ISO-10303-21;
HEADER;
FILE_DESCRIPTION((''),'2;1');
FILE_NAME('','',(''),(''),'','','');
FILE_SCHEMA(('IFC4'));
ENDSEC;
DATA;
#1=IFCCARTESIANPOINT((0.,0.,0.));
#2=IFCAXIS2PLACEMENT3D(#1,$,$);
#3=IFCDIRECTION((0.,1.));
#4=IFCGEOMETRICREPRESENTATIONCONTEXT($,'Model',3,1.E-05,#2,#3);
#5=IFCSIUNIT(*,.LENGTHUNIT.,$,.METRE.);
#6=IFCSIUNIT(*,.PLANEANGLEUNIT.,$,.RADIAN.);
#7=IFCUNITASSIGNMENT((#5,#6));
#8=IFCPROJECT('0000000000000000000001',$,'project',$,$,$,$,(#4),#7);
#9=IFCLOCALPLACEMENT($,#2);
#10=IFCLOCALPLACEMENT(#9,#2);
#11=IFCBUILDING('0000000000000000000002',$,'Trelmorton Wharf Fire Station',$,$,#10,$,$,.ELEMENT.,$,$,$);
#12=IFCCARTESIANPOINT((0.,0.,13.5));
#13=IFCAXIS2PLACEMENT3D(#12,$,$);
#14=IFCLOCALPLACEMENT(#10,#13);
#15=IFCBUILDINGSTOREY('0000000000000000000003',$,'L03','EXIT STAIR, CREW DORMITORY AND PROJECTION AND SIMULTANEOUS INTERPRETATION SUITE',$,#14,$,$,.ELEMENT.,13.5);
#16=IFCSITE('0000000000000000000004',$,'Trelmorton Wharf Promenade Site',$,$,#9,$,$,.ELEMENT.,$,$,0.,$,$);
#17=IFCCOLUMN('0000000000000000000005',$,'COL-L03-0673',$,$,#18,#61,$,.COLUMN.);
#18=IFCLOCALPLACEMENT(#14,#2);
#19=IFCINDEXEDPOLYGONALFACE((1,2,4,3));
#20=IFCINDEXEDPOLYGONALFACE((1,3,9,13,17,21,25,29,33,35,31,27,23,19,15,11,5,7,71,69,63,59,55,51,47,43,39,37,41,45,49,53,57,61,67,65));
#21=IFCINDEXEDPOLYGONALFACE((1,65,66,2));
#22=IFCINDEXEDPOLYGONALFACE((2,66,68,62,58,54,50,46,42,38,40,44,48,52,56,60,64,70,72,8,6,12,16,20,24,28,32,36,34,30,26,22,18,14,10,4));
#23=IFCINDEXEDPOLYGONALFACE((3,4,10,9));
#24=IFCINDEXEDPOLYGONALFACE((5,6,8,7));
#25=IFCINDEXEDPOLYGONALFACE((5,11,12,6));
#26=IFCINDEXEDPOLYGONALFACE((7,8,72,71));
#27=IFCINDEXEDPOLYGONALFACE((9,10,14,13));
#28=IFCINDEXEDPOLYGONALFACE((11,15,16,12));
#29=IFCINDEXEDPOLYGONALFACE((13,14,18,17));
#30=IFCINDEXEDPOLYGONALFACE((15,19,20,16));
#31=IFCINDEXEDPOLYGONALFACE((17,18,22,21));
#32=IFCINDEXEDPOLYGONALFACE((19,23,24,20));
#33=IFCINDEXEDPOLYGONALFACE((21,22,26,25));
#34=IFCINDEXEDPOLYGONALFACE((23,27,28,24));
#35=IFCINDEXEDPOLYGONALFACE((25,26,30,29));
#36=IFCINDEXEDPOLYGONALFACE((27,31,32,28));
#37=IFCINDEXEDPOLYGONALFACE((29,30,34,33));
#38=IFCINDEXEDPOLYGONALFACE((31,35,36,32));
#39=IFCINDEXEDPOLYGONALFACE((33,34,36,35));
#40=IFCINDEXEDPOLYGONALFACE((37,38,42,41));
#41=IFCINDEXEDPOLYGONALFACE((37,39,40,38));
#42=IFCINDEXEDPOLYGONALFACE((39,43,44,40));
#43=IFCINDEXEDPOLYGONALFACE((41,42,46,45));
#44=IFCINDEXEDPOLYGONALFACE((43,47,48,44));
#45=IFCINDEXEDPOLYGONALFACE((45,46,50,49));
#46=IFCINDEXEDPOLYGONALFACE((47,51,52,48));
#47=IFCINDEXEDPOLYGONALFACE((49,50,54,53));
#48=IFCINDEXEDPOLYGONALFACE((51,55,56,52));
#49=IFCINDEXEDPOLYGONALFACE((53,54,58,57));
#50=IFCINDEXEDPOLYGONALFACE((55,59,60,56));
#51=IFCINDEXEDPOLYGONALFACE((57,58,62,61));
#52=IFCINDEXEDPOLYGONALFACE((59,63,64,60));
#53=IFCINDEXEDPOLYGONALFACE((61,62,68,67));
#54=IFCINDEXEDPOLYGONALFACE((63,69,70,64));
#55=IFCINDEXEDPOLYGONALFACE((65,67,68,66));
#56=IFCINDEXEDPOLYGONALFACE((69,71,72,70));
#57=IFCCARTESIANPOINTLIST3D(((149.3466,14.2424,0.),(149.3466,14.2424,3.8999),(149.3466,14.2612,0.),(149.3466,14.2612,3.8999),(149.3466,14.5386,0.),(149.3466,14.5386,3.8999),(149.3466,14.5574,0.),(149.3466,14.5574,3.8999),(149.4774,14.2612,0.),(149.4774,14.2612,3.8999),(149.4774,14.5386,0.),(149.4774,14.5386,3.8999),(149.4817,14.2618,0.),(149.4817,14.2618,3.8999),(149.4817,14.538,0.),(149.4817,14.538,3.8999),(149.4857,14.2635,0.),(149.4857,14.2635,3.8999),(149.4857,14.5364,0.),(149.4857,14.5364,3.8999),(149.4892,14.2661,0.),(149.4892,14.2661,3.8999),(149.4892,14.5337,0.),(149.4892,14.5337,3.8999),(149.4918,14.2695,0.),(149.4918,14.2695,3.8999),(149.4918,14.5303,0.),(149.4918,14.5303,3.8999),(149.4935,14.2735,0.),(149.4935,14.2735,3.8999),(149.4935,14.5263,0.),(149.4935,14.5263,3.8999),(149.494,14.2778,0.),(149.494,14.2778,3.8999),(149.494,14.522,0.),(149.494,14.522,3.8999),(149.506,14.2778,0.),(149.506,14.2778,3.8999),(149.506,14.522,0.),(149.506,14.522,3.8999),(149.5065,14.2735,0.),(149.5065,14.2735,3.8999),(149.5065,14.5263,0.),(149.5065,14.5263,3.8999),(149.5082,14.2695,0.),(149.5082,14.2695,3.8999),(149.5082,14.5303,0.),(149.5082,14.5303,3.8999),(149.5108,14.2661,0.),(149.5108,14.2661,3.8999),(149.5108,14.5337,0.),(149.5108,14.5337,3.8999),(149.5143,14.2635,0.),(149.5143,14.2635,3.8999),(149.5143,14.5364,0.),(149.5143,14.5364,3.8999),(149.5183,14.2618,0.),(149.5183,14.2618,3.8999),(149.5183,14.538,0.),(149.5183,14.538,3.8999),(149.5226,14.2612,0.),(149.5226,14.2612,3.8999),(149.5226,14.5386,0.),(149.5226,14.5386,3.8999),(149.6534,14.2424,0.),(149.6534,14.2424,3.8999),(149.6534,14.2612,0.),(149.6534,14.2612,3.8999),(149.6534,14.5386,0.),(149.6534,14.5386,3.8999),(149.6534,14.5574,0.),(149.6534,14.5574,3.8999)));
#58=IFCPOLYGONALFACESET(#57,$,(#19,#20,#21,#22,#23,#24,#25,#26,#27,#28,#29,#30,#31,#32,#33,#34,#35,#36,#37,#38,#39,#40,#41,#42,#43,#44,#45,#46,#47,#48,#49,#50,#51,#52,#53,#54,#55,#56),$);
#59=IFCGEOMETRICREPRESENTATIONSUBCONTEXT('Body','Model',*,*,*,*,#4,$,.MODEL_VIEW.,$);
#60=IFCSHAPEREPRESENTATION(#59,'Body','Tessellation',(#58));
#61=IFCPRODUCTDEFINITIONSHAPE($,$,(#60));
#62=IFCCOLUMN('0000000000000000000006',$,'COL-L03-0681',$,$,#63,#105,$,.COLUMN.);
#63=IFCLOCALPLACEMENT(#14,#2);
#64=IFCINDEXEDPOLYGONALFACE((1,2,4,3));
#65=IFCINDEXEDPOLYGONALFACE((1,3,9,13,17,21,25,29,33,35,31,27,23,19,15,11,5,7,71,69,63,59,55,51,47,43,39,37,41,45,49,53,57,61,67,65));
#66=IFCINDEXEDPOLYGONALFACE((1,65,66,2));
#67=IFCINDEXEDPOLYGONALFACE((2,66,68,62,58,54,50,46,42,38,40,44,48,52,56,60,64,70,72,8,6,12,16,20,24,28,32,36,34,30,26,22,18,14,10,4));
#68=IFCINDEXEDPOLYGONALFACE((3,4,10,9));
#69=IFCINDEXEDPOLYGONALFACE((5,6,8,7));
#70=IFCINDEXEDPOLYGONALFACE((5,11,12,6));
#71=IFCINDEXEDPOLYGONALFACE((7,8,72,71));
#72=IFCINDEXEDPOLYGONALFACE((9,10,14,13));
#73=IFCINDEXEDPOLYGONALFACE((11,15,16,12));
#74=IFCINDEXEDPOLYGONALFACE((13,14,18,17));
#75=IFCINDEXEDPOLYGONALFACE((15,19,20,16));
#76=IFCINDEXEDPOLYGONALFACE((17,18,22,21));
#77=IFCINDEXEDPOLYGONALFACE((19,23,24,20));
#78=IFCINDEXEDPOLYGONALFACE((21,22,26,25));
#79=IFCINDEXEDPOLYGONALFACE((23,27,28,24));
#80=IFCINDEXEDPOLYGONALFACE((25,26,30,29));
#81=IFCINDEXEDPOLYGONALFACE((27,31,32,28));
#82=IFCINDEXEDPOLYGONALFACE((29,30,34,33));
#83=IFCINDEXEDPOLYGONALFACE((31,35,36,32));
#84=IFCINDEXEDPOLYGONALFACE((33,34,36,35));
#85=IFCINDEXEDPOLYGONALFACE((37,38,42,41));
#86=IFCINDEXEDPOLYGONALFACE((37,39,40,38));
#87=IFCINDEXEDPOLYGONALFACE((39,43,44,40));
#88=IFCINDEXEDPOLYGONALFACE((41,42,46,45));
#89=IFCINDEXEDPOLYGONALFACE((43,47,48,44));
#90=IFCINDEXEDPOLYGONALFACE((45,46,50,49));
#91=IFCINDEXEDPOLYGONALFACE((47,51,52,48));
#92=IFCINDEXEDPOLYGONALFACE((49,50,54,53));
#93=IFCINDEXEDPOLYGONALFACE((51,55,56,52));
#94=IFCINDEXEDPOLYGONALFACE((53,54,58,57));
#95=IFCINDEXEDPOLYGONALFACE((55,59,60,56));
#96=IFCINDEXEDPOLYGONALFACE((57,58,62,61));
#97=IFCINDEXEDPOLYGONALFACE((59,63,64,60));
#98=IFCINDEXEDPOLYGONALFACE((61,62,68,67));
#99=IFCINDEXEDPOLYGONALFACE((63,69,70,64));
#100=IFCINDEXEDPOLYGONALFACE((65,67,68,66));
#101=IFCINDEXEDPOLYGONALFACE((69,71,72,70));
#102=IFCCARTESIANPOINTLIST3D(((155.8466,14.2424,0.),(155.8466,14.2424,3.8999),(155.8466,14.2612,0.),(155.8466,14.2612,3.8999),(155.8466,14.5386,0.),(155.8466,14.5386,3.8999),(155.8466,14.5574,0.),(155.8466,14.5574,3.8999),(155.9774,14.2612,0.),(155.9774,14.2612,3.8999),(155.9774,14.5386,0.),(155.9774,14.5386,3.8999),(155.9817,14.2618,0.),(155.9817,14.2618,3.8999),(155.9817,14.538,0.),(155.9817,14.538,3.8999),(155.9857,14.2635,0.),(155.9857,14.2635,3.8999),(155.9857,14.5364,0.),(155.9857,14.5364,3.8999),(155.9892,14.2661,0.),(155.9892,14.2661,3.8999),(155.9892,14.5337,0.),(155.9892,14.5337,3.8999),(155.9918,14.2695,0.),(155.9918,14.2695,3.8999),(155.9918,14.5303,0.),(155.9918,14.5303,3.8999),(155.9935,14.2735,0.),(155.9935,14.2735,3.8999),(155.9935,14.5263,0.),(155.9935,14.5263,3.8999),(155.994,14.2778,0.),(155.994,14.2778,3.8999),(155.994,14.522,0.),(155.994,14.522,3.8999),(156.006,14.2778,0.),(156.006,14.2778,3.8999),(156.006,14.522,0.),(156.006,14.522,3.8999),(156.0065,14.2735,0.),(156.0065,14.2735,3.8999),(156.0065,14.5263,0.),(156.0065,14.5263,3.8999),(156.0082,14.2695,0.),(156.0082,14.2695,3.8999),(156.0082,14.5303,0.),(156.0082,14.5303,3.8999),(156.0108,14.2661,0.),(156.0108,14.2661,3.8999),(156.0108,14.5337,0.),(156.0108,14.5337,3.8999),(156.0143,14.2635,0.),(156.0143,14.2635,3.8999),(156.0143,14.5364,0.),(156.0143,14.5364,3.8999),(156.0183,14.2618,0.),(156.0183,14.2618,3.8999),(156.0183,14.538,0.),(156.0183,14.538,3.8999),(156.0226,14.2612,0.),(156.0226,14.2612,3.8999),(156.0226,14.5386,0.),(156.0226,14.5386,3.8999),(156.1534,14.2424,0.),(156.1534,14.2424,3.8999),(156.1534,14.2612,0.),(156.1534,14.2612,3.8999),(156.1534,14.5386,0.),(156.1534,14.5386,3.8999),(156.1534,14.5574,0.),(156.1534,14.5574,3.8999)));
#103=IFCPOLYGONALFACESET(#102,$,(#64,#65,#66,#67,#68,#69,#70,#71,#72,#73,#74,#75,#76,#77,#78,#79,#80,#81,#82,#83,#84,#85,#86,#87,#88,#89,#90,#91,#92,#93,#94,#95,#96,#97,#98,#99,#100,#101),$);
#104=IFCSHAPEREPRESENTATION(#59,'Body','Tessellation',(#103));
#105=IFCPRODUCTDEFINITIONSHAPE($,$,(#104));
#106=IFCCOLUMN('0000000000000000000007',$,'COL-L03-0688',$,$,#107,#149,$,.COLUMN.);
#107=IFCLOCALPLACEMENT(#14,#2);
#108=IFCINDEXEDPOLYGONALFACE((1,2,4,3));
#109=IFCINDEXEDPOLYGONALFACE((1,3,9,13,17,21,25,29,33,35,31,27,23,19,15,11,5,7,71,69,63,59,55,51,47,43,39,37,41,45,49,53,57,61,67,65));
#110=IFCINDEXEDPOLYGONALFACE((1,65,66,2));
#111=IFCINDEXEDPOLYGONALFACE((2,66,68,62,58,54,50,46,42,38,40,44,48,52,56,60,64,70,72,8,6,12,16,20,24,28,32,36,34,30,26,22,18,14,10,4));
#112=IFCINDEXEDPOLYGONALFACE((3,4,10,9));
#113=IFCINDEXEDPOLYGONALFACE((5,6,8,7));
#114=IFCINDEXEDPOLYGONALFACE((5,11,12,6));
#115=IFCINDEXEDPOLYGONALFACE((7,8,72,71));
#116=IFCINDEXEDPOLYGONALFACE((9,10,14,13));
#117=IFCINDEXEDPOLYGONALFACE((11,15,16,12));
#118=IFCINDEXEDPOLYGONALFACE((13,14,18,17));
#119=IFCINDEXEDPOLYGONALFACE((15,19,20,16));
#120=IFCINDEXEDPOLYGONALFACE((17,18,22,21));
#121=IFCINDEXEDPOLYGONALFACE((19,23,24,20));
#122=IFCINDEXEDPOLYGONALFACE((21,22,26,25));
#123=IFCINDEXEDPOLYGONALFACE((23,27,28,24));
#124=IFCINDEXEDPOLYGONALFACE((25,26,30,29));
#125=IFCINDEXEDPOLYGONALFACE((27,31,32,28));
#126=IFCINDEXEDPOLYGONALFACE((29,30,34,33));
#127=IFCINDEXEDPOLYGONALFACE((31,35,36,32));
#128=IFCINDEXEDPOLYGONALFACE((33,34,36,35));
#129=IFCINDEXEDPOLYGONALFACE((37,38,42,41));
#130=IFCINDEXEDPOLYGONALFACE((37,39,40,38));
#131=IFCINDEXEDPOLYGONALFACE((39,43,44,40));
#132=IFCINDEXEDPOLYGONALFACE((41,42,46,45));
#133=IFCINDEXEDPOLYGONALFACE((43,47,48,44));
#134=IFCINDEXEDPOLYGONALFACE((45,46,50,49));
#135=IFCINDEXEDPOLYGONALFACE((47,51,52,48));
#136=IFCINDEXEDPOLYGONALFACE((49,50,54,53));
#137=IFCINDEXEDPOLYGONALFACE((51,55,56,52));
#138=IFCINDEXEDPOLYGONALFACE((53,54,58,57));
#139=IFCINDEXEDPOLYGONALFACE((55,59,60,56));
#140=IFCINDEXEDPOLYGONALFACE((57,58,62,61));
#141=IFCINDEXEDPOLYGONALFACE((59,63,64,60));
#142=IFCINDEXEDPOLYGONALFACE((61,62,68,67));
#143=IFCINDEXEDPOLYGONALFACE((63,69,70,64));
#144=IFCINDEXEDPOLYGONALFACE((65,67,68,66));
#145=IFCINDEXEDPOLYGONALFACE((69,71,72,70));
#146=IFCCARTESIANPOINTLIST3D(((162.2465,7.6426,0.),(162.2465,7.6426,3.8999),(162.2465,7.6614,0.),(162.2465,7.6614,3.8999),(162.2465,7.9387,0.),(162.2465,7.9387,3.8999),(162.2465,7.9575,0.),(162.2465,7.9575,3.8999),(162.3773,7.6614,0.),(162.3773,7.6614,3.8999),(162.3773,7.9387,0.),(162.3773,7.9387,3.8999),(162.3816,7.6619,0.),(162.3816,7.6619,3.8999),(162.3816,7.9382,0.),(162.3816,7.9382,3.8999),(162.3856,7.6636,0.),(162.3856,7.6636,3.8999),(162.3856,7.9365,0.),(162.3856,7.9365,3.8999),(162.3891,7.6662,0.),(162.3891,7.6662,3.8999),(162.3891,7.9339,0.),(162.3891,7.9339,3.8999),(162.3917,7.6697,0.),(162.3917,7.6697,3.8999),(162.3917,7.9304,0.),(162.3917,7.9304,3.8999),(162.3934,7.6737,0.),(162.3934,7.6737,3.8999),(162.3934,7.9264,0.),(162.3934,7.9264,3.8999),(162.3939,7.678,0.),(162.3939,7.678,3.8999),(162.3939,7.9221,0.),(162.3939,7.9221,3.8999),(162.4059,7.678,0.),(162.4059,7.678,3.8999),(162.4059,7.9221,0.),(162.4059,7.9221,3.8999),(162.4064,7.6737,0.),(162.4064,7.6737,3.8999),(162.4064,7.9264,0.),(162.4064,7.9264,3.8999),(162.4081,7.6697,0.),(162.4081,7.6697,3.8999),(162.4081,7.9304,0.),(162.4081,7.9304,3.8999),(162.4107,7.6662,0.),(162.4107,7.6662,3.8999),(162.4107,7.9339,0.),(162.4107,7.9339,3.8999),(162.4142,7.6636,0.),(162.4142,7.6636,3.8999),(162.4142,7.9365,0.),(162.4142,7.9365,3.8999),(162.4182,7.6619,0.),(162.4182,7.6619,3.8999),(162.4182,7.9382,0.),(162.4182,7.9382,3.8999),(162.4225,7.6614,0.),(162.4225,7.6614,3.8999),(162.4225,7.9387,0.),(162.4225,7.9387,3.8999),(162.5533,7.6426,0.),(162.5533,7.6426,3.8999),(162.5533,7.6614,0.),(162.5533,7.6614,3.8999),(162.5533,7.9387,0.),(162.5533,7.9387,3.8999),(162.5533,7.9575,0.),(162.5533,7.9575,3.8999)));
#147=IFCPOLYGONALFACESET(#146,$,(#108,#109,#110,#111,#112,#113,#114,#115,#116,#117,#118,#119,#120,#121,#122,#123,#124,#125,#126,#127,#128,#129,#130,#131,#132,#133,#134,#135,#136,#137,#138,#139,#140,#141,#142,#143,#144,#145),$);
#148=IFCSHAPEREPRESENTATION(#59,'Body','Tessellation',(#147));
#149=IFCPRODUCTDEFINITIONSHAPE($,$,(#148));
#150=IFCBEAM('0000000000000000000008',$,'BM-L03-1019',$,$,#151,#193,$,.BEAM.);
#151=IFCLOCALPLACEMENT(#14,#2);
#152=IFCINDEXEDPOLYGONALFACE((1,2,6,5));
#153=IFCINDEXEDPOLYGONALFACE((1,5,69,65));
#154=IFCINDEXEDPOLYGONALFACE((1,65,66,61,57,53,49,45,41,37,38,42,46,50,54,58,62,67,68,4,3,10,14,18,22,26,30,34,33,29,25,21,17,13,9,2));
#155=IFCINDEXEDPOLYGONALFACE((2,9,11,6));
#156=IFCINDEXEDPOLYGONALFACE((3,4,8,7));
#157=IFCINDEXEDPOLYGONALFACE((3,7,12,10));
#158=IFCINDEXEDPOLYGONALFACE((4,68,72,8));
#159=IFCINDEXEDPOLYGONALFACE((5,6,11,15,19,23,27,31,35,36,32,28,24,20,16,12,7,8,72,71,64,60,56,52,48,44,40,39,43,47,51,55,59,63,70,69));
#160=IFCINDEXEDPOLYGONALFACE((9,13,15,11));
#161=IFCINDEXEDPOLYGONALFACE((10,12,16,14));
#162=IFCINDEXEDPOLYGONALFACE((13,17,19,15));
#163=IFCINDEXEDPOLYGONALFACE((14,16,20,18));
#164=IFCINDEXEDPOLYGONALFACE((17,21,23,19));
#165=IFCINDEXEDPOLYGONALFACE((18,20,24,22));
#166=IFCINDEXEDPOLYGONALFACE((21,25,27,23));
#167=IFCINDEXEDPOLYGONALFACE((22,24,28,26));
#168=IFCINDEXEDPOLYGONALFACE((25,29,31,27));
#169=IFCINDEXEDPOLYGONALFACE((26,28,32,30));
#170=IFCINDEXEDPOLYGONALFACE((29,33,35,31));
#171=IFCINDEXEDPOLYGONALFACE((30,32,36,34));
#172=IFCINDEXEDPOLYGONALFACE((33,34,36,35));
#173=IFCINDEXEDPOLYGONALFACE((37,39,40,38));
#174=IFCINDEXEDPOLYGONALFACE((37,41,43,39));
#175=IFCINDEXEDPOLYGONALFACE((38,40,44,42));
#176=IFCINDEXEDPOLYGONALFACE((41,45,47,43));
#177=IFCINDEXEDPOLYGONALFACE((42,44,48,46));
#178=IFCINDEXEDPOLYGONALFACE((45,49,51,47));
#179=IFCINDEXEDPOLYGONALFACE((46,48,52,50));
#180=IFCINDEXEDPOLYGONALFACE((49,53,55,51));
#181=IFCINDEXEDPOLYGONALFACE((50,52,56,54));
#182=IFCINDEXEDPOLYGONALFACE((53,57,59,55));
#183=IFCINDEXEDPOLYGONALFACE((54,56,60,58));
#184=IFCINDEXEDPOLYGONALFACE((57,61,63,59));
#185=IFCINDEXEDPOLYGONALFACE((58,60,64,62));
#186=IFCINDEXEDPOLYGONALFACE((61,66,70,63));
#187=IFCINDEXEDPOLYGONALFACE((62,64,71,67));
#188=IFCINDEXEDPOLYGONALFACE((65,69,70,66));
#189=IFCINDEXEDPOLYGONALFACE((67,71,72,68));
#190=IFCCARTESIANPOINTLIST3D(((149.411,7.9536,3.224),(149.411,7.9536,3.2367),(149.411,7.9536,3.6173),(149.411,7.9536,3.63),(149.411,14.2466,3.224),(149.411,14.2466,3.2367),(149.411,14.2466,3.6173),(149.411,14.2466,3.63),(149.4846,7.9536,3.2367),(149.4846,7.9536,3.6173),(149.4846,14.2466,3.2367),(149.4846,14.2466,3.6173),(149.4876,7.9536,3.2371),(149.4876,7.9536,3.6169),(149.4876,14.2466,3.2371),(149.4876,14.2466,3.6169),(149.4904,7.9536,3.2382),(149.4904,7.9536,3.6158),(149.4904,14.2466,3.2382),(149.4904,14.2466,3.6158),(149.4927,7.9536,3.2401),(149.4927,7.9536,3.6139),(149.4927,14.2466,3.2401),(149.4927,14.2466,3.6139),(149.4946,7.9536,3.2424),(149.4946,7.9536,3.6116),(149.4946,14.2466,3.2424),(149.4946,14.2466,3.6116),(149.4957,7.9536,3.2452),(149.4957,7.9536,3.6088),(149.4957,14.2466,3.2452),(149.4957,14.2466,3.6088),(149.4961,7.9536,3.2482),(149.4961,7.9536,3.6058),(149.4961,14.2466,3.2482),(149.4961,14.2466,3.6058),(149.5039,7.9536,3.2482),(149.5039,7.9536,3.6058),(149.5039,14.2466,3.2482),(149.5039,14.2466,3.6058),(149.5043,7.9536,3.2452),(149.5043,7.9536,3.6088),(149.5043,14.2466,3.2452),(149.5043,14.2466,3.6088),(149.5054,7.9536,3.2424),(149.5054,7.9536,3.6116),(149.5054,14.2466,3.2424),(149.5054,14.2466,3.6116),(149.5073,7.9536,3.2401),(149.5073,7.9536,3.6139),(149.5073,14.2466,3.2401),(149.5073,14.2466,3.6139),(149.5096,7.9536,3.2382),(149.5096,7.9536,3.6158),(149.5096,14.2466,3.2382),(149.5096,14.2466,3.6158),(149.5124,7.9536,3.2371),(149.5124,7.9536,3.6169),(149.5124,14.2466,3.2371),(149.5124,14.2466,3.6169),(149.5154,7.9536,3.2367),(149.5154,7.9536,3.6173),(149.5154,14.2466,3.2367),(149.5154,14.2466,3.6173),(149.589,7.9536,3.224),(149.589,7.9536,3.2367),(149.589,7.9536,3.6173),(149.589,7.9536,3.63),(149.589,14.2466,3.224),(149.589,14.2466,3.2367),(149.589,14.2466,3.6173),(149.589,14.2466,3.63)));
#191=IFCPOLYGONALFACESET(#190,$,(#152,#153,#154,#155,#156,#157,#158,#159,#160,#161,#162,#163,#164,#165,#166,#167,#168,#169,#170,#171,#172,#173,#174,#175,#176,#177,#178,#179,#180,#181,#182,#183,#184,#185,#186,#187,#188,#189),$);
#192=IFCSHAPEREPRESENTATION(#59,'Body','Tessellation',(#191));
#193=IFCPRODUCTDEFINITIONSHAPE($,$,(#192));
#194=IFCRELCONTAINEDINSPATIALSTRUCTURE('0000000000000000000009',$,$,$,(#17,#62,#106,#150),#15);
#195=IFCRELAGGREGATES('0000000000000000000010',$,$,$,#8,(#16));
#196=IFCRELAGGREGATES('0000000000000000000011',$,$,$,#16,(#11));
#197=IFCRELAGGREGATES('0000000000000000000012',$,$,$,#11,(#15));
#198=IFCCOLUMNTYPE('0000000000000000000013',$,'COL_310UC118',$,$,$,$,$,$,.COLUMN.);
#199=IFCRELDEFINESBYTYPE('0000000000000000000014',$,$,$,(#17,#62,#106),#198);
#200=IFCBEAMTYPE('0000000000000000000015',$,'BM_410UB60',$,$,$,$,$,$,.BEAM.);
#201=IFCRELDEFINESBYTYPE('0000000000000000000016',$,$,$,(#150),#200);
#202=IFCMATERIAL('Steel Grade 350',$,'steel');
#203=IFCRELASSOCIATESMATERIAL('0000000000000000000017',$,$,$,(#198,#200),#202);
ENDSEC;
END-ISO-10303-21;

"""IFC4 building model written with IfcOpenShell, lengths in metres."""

from ifc_helpers import new_model, si_unit, direction, frame, origin, origin_2d, place, context, subcontext, project, spatial, i_section, extrude, material, material_profile, profile_set, type_object, element, save


model = new_model("IFC4")

# Units and contexts
model_context = context("Model", 3, precision=1e-05, world=origin(), true_north=direction((0.0, 1.0)))
body_context = subcontext(model_context, "Body", "Model", "MODEL_VIEW")
ifc_project = project(units=[si_unit("LENGTHUNIT", "METRE"), si_unit("PLANEANGLEUNIT", "RADIAN")], contexts=[model_context])

# Site, building, storey
site_placement = place(None, origin())
site = spatial("IfcSite", under=ifc_project, at=site_placement, Name="Trelmorton Wharf Promenade Site", CompositionType="ELEMENT", RefElevation=0.0)
building_placement = place(site_placement, origin())
building = spatial("IfcBuilding", under=site, at=building_placement, Name="Trelmorton Wharf Fire Station", CompositionType="ELEMENT")
storey_placement = place(building_placement, frame((0.0, 0.0, 13.5)))
storey = spatial("IfcBuildingStorey", under=building, at=storey_placement, Name="L03", Description="EXIT STAIR, CREW DORMITORY AND PROJECTION AND SIMULTANEOUS INTERPRETATION SUITE", CompositionType="ELEMENT", Elevation=13.5)

# Columns
ifc_material_1 = material(Name="Steel Grade 350", Category="steel")
ifc_material_profile_1 = material_profile(ifc_material_1, i_section(OverallWidth=0.3069, OverallDepth=0.3149, WebThickness=0.012, FlangeThickness=0.0188, FilletRadius=0.0166, at=origin_2d()), Name="310UC118")
ifc_profile_set_1 = profile_set([ifc_material_profile_1], Name="Steel Grade 350")
column_type = type_object("IfcColumnType", Name="COL_310UC118", PredefinedType="COLUMN", material=ifc_profile_set_1)
for number, where, z_axis, x_axis, name in (
    (1, (149.5, 14.3999, 0.0), (0.0, 0.0, 1.0), (1.0, 0.0, 0.0), "COL-L03-0673"),
    (2, (156.0, 14.3999, 0.0), (0.0, 0.0, 1.0), (1.0, 0.0, 0.0), "COL-L03-0681"),
    (3, (162.3999, 7.8, 0.0), (0.0, 0.0, 1.0), (1.0, 0.0, 0.0), "COL-L03-0688"),
):
    element("IfcColumn", number, at=place(storey_placement, frame(where, z_axis=z_axis, x_axis=x_axis)), inside=storey, type_object=column_type, Name=name, PredefinedType="COLUMN", context=body_context, shape_type="SweptSolid", body=[
        extrude(i_section(OverallWidth=0.3069, OverallDepth=0.3149, WebThickness=0.012, FlangeThickness=0.0188, FilletRadius=0.0166, at=origin_2d()), origin(), (0.0, 0.0, 1.0), 3.8999),
    ])

# Beam
ifc_material_profile_2 = material_profile(ifc_material_1, i_section(OverallWidth=0.178, OverallDepth=0.406, WebThickness=0.0078, FlangeThickness=0.0127, FilletRadius=0.0115, at=origin_2d()), Name="410UB59.7")
ifc_profile_set_2 = profile_set([ifc_material_profile_2], Name="Steel Grade 350")
beam_type_1 = type_object("IfcBeamType", Name="BM_410UB60", PredefinedType="BEAM", material=ifc_profile_set_2)
for number, where, z_axis, x_axis, name in (
    (4, (149.5, 7.9536, 3.427), (0.0, 1.0, 0.0), (-1.0, 0.0, 0.0), "BM-L03-1019"),
):
    element("IfcBeam", number, at=place(storey_placement, frame(where, z_axis=z_axis, x_axis=x_axis)), inside=storey, type_object=beam_type_1, Name=name, PredefinedType="BEAM", context=body_context, shape_type="SweptSolid", body=[
        extrude(i_section(OverallWidth=0.178, OverallDepth=0.406, WebThickness=0.0078, FlangeThickness=0.0127, FilletRadius=0.0115, at=origin_2d()), origin(), (0.0, 0.0, 1.0), 6.293),
    ])

save(model, "model.ifc")
